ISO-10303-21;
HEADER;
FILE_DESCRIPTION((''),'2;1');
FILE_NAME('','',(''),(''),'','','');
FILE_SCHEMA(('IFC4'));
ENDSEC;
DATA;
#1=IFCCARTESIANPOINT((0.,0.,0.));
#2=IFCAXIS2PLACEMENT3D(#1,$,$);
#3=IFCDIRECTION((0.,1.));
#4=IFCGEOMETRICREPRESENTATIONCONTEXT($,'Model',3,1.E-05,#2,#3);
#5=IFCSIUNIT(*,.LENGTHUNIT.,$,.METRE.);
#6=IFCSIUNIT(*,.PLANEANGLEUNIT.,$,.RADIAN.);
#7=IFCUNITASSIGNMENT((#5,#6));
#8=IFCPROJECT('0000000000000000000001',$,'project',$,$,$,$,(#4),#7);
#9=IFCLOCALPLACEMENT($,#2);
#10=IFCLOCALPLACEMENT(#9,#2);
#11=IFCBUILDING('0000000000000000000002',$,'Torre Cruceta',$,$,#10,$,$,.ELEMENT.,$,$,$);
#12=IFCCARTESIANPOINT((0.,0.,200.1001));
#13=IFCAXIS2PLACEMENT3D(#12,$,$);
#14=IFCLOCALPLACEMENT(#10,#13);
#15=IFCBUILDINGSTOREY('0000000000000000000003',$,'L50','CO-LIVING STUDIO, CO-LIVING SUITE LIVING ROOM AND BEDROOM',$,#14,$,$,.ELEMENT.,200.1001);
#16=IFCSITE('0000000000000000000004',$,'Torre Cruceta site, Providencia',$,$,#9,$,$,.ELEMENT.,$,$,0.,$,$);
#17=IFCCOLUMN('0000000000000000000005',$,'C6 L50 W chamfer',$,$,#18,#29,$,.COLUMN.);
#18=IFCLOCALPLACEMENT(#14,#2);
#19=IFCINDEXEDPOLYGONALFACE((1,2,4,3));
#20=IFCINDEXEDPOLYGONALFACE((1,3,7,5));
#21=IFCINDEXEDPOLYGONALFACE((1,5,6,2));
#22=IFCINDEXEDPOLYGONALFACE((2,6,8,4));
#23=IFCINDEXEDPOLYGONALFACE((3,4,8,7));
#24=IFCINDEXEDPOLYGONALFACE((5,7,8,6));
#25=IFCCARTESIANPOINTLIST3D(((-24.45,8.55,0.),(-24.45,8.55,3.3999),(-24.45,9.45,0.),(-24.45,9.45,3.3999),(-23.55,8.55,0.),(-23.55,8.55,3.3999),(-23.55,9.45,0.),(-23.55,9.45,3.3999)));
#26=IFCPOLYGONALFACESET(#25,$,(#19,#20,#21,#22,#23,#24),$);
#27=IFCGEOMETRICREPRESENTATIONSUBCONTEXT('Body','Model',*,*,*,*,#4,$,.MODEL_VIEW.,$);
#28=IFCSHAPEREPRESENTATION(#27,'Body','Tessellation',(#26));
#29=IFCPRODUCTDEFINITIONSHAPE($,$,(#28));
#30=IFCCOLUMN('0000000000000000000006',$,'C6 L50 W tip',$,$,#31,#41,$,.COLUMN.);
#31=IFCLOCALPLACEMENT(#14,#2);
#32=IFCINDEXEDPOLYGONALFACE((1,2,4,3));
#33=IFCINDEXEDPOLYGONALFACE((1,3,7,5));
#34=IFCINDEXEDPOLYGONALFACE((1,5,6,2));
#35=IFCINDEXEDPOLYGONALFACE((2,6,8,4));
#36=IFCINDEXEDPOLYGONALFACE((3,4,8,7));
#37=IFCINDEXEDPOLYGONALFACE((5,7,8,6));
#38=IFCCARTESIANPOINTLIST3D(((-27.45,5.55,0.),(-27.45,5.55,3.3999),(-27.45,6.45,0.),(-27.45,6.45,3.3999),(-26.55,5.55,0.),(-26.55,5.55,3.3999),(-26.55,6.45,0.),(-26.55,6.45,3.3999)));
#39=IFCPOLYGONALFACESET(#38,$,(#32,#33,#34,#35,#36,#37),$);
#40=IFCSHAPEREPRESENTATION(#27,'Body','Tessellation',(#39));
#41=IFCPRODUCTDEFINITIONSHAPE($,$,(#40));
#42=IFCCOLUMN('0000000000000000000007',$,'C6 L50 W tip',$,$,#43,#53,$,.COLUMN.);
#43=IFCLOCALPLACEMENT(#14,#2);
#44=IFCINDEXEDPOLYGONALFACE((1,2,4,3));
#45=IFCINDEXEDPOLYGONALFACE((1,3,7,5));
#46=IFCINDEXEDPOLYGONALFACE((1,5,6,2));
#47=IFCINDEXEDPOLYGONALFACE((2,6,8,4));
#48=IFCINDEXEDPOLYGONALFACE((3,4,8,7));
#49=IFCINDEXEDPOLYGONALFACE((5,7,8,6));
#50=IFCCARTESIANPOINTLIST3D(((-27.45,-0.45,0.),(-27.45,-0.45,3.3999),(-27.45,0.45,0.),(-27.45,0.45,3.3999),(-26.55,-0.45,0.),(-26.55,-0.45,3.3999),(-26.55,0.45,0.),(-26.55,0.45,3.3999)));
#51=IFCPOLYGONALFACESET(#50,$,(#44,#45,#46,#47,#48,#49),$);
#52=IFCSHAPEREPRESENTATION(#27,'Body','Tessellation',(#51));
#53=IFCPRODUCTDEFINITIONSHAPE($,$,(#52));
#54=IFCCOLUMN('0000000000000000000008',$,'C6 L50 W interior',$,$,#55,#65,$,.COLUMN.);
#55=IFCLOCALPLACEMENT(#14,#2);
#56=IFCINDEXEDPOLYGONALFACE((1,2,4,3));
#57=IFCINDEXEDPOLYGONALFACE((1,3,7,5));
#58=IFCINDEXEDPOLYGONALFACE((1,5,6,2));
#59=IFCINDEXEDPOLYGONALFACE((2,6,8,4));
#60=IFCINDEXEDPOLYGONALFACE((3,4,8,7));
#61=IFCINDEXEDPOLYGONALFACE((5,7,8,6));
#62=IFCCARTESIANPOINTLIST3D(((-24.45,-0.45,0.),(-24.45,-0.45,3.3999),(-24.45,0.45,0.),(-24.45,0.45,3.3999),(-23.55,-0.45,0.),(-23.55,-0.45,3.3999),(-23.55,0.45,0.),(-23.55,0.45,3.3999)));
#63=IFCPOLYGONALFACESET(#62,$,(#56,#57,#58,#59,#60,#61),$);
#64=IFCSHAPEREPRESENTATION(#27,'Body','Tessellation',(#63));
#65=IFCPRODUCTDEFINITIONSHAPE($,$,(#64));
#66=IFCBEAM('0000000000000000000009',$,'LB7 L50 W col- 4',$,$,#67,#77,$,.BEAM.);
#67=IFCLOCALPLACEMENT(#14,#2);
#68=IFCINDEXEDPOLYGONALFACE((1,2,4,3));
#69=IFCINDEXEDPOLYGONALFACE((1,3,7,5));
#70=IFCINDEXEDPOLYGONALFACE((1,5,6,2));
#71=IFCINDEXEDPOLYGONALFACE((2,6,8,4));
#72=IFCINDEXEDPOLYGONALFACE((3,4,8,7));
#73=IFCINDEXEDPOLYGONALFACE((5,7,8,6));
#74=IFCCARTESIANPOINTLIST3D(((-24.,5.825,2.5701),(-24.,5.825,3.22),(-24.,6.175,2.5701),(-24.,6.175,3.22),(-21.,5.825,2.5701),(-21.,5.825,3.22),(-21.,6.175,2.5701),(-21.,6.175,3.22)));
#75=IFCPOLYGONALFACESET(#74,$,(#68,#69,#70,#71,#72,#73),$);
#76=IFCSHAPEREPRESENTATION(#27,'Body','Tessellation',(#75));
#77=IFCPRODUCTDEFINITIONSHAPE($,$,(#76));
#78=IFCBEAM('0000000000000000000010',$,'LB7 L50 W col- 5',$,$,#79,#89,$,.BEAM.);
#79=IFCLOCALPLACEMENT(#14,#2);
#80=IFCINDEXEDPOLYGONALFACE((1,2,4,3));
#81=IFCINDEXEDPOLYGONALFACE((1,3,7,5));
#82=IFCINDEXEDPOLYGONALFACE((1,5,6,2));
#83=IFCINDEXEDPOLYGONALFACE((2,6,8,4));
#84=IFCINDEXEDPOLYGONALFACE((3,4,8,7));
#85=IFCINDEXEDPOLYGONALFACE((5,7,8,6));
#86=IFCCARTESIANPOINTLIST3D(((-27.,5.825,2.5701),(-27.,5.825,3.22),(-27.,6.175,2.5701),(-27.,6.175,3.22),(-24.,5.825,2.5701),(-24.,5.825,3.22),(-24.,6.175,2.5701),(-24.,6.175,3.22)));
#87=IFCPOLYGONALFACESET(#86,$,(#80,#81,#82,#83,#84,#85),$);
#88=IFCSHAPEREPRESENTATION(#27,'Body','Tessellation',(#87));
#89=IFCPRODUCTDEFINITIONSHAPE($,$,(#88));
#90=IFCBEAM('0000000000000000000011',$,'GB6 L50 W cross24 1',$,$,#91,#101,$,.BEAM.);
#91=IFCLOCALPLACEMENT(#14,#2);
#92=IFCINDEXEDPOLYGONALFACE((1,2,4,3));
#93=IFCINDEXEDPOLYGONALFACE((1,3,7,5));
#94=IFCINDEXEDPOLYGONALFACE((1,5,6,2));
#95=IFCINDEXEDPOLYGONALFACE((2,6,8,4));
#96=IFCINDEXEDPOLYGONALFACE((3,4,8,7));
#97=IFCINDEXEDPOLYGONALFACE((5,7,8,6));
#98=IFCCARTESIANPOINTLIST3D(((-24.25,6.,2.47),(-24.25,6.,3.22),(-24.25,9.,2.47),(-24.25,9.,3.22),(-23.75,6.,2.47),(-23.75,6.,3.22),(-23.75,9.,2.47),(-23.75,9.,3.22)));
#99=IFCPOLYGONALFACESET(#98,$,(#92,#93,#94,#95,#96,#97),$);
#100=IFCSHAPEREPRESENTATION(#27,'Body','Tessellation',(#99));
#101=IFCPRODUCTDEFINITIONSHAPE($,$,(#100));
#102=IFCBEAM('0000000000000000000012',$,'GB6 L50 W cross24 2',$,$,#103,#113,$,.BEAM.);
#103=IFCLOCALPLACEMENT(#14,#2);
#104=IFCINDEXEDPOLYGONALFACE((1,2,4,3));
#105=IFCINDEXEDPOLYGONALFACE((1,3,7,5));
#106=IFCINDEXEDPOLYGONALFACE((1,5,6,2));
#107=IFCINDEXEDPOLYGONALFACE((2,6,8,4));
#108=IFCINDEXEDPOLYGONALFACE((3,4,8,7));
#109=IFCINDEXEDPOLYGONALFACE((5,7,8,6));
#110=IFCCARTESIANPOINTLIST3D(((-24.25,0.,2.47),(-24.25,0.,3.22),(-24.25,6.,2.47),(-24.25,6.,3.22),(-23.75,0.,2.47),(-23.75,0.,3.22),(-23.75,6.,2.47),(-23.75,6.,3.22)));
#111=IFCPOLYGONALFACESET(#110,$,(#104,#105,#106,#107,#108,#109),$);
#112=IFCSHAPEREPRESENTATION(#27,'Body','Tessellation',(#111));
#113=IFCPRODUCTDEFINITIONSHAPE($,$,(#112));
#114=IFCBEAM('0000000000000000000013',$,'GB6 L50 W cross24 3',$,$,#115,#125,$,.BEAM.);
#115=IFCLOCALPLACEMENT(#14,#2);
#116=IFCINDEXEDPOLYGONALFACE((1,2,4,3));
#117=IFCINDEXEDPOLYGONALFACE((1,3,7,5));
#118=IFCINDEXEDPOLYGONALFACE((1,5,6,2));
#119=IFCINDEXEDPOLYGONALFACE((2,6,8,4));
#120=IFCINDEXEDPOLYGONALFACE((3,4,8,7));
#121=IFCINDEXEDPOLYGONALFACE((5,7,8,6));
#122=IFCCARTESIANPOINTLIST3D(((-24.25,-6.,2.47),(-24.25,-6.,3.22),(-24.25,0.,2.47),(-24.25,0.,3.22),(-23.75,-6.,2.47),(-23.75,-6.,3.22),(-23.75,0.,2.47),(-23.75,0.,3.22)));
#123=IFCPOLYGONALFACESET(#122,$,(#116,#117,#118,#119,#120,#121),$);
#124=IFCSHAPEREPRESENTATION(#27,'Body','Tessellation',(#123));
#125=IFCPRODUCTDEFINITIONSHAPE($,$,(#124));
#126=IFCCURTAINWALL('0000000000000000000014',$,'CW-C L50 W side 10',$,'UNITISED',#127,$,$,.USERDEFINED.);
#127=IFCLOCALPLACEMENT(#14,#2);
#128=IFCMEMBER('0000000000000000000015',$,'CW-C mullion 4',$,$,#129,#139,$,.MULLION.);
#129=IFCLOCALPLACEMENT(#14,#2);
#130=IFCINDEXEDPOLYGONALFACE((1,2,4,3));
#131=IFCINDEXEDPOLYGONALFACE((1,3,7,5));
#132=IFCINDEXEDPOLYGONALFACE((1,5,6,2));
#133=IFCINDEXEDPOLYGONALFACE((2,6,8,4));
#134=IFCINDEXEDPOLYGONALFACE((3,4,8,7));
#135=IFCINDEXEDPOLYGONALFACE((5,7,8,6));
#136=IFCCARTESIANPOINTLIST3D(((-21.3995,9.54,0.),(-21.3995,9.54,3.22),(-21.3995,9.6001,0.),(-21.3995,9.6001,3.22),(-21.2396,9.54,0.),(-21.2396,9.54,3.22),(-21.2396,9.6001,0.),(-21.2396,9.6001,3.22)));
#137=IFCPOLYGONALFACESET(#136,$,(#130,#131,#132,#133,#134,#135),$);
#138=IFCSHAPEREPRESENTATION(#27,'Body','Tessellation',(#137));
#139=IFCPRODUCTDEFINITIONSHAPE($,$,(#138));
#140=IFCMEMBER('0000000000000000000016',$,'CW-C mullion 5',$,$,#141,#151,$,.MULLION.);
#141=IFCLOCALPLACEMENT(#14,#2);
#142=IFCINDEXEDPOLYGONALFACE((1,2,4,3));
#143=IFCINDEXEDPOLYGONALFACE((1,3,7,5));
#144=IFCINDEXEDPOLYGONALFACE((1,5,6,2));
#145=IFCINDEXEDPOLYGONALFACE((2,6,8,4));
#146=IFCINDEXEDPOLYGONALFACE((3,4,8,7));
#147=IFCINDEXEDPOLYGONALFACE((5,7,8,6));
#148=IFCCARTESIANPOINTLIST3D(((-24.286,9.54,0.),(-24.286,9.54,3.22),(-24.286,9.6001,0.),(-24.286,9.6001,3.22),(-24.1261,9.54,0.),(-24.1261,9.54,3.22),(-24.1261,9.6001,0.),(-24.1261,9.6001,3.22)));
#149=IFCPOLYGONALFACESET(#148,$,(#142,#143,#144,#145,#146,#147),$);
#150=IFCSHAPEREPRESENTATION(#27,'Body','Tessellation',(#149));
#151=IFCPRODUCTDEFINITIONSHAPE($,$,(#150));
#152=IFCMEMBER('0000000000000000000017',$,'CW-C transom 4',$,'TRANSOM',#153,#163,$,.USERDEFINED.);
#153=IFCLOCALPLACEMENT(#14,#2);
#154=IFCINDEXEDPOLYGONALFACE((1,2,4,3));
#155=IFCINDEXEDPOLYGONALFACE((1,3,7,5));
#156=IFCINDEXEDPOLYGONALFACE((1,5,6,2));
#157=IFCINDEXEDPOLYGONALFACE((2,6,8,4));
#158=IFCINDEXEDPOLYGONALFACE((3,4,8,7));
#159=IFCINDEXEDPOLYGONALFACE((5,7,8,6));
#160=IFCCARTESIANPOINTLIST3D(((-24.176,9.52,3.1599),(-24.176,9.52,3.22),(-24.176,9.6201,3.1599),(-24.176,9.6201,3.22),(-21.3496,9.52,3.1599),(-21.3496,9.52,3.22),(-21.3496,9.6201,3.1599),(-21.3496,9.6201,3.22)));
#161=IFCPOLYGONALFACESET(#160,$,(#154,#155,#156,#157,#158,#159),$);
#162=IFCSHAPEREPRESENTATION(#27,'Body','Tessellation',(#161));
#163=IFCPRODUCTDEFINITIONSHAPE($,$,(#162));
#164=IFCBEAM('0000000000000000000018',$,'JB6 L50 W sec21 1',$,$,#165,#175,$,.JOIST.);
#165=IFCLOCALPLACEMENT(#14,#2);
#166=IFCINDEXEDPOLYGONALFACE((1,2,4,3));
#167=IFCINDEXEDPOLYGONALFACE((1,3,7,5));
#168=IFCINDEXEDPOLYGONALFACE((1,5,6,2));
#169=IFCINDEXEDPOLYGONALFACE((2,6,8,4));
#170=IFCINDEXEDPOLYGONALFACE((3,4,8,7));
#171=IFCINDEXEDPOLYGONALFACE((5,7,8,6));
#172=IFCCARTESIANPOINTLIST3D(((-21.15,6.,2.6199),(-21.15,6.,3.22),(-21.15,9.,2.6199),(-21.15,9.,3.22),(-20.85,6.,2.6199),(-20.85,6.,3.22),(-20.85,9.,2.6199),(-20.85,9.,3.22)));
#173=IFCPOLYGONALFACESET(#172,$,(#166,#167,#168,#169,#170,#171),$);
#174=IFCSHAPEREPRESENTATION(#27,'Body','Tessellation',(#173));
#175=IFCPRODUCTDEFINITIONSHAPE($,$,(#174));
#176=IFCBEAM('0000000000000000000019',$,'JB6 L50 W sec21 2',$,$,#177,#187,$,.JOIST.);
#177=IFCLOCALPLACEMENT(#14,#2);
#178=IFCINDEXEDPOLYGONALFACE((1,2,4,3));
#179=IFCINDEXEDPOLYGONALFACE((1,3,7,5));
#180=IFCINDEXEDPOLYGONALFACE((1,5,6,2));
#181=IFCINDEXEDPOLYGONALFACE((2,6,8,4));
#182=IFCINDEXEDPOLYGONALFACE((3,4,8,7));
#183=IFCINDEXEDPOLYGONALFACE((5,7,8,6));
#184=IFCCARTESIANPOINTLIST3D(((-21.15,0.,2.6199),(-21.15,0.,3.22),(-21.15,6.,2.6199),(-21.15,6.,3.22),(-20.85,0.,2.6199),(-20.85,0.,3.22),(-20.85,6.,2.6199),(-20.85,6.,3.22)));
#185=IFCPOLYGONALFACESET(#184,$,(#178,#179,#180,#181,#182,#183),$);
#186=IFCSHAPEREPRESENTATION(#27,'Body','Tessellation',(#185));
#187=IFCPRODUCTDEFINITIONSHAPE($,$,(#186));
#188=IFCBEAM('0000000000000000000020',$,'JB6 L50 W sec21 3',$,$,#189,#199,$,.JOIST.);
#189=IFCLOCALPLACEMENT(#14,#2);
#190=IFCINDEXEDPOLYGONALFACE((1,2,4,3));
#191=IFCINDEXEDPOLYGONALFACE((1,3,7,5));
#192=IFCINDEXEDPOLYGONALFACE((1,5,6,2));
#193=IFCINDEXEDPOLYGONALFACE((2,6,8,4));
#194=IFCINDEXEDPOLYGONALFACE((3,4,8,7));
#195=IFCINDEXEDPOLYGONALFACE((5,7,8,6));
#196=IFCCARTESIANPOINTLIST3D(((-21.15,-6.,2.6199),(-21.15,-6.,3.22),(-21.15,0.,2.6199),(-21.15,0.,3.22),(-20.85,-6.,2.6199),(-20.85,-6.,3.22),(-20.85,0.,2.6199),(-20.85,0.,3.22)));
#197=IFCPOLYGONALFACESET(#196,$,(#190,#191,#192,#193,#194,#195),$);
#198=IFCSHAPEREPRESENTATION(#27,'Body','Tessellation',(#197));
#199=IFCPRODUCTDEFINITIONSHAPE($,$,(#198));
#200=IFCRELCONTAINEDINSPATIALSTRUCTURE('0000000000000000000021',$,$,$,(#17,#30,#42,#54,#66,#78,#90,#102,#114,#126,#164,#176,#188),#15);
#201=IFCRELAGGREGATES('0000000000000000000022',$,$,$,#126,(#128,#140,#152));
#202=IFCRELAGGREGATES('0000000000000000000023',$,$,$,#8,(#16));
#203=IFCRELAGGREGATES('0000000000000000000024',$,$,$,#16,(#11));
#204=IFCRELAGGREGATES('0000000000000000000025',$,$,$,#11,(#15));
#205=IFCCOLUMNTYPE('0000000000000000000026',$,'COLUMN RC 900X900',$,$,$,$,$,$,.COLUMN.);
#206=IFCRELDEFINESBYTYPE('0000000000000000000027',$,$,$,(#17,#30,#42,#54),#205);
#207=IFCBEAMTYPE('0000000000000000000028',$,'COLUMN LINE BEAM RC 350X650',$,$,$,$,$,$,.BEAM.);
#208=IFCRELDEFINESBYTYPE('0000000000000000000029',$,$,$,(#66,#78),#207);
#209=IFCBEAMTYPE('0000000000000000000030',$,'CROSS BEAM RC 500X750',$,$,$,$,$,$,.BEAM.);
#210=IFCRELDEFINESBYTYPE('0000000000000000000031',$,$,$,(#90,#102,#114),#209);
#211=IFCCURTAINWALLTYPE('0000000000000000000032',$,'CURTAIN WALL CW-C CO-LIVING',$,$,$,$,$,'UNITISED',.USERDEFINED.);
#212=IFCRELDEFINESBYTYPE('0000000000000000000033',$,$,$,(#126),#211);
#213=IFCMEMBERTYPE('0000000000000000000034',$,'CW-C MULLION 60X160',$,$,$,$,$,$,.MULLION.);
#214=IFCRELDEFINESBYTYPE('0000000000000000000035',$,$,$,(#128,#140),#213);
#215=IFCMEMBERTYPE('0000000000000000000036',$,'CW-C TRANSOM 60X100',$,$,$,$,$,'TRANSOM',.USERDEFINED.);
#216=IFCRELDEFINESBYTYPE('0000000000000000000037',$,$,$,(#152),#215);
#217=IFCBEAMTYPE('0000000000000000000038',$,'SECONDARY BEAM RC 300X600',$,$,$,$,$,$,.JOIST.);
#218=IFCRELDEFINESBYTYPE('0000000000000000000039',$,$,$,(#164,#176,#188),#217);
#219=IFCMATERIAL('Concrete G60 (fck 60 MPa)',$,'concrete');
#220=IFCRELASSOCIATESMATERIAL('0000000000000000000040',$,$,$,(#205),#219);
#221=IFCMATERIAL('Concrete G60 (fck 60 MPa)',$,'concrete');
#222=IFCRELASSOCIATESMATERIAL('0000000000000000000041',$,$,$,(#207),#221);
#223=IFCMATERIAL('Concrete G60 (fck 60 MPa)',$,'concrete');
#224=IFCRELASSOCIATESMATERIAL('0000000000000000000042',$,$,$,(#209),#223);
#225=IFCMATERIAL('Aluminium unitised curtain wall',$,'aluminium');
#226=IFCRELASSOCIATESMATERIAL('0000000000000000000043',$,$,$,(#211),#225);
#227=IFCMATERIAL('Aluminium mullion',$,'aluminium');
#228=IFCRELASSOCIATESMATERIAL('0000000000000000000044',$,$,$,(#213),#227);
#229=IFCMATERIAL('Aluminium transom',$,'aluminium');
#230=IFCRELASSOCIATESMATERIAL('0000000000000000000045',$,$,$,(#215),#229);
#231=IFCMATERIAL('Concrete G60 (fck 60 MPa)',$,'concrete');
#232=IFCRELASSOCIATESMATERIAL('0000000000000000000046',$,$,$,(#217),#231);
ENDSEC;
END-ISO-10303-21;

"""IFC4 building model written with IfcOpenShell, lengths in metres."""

from ifc_helpers import new_model, si_unit, direction, frame, origin, origin_2d, place, context, subcontext, project, spatial, rectangle, extrude, material, material_profile, profile_set, type_object, element, aggregate, save


model = new_model("IFC4")

# Units and contexts
model_context = context("Model", 3, precision=1e-05, world=origin(), true_north=direction((0.0, 1.0)))
body_context = subcontext(model_context, "Body", "Model", "MODEL_VIEW")
ifc_project = project(units=[si_unit("LENGTHUNIT", "METRE"), si_unit("PLANEANGLEUNIT", "RADIAN")], contexts=[model_context])

# Site, building, storey
site_placement = place(None, origin())
site = spatial("IfcSite", under=ifc_project, at=site_placement, Name="Torre Cruceta site, Providencia", CompositionType="ELEMENT", RefElevation=0.0)
building_placement = place(site_placement, origin())
building = spatial("IfcBuilding", under=site, at=building_placement, Name="Torre Cruceta", CompositionType="ELEMENT")
storey_placement = place(building_placement, frame((0.0, 0.0, 200.1001)))
storey = spatial("IfcBuildingStorey", under=building, at=storey_placement, Name="L50", Description="CO-LIVING STUDIO, CO-LIVING SUITE LIVING ROOM AND BEDROOM", CompositionType="ELEMENT", Elevation=200.1001)

# Columns
ifc_material_1 = material(Name="Concrete G60 (fck 60 MPa)", Category="concrete")
ifc_material_profile_1 = material_profile(ifc_material_1, rectangle(XDim=0.8999, YDim=0.8999, at=origin_2d()), Name="RC 900X900")
ifc_profile_set_1 = profile_set([ifc_material_profile_1], Name="Concrete G60 (fck 60 MPa)")
column_type = type_object("IfcColumnType", Name="COLUMN RC 900X900", PredefinedType="COLUMN", material=ifc_profile_set_1)
for number, where, z_axis, x_axis, name in (
    (1, (-24.0, 9.0, 0.0), (0.0, 0.0, 1.0), (1.0, 0.0, 0.0), "C6 L50 W chamfer"),
    (2, (-27.0, 6.0, 0.0), (0.0, 0.0, 1.0), (1.0, 0.0, 0.0), "C6 L50 W tip"),
    (3, (-27.0, 0.0, 0.0), (0.0, 0.0, 1.0), (1.0, 0.0, 0.0), "C6 L50 W tip"),
    (4, (-24.0, 0.0, 0.0), (0.0, 0.0, 1.0), (1.0, 0.0, 0.0), "C6 L50 W interior"),
):
    element("IfcColumn", number, at=place(storey_placement, frame(where, z_axis=z_axis, x_axis=x_axis)), inside=storey, type_object=column_type, Name=name, PredefinedType="COLUMN", context=body_context, shape_type="SweptSolid", body=[
        extrude(rectangle(XDim=0.8999, YDim=0.8999, at=origin_2d()), origin(), (0.0, 0.0, 1.0), 3.3999),
    ])

# Beams
ifc_material_2 = material(Name="Concrete G60 (fck 60 MPa)", Category="concrete")
ifc_material_profile_2 = material_profile(ifc_material_2, rectangle(XDim=0.3501, YDim=0.6499, at=origin_2d()), Name="RC 350X650")
ifc_profile_set_2 = profile_set([ifc_material_profile_2], Name="Concrete G60 (fck 60 MPa)")
beam_type_1 = type_object("IfcBeamType", Name="COLUMN LINE BEAM RC 350X650", PredefinedType="BEAM", material=ifc_profile_set_2)
for number, where, z_axis, x_axis, name in (
    (5, (-21.0, 6.0, 2.895), (-1.0, 0.0, 0.0), (0.0, -1.0, 0.0), "LB7 L50 W col- 4"),
    (6, (-24.0, 6.0, 2.895), (-1.0, 0.0, 0.0), (0.0, -1.0, 0.0), "LB7 L50 W col- 5"),
):
    element("IfcBeam", number, at=place(storey_placement, frame(where, z_axis=z_axis, x_axis=x_axis)), inside=storey, type_object=beam_type_1, Name=name, PredefinedType="BEAM", context=body_context, shape_type="SweptSolid", body=[
        extrude(rectangle(XDim=0.3501, YDim=0.6499, at=origin_2d()), origin(), (0.0, 0.0, 1.0), 3.0),
    ])
ifc_material_3 = material(Name="Concrete G60 (fck 60 MPa)", Category="concrete")
ifc_material_profile_3 = material_profile(ifc_material_3, rectangle(XDim=0.5, YDim=0.75, at=origin_2d()), Name="RC 500X750")
ifc_profile_set_3 = profile_set([ifc_material_profile_3], Name="Concrete G60 (fck 60 MPa)")
beam_type_2 = type_object("IfcBeamType", Name="CROSS BEAM RC 500X750", PredefinedType="BEAM", material=ifc_profile_set_3)
beam_1_placement = place(storey_placement, frame((-24.0, 9.0, 2.845), z_axis=(0.0, -1.0, 0.0), x_axis=(1.0, 0.0, 0.0)))
element("IfcBeam", 7, at=beam_1_placement, inside=storey, type_object=beam_type_2, Name="GB6 L50 W cross24 1", PredefinedType="BEAM", context=body_context, shape_type="SweptSolid", body=[
    extrude(rectangle(XDim=0.5, YDim=0.75, at=origin_2d()), origin(), (0.0, 0.0, 1.0), 3.0),
])
for number, where, z_axis, x_axis, name in (
    (8, (-24.0, 6.0, 2.845), (0.0, -1.0, 0.0), (1.0, 0.0, 0.0), "GB6 L50 W cross24 2"),
    (9, (-24.0, 0.0, 2.845), (0.0, -1.0, 0.0), (1.0, 0.0, 0.0), "GB6 L50 W cross24 3"),
):
    element("IfcBeam", number, at=place(storey_placement, frame(where, z_axis=z_axis, x_axis=x_axis)), inside=storey, type_object=beam_type_2, Name=name, PredefinedType="BEAM", context=body_context, shape_type="SweptSolid", body=[
        extrude(rectangle(XDim=0.5, YDim=0.75, at=origin_2d()), origin(), (0.0, 0.0, 1.0), 6.0),
    ])

# Curtain wall, members
ifc_material_4 = material(Name="Aluminium unitised curtain wall", Category="aluminium")
curtain_wall_type = type_object("IfcCurtainWallType", Name="CURTAIN WALL CW-C CO-LIVING", ElementType="UNITISED", PredefinedType="USERDEFINED", material=ifc_material_4)
curtain_wall_placement = place(storey_placement, origin())
curtain_wall = element("IfcCurtainWall", 10, at=curtain_wall_placement, inside=storey, type_object=curtain_wall_type, Name="CW-C L50 W side 10", ObjectType="UNITISED", PredefinedType="USERDEFINED")
ifc_material_5 = material(Name="Aluminium mullion", Category="aluminium")
ifc_material_profile_4 = material_profile(ifc_material_5, rectangle(XDim=0.0601, YDim=0.1599, at=origin_2d()), Name="AL 60X160")
ifc_profile_set_4 = profile_set([ifc_material_profile_4], Name="Aluminium mullion")
member_type_1 = type_object("IfcMemberType", Name="CW-C MULLION 60X160", PredefinedType="MULLION", material=ifc_profile_set_4)
member_1_placement = place(storey_placement, frame((-21.3196, 9.5701, 0.0), z_axis=(0.0, 0.0, 1.0), x_axis=(0.0, -1.0, 0.0)))
member_1 = element("IfcMember", 11, at=member_1_placement, type_object=member_type_1, Name="CW-C mullion 4", PredefinedType="MULLION", context=body_context, shape_type="SweptSolid", body=[
    extrude(rectangle(XDim=0.0601, YDim=0.1599, at=origin_2d()), origin(), (0.0, 0.0, 1.0), 3.22),
])
member_2_placement = place(storey_placement, frame((-24.2061, 9.5701, 0.0), z_axis=(0.0, 0.0, 1.0), x_axis=(0.0, -1.0, 0.0)))
member_2 = element("IfcMember", 12, at=member_2_placement, type_object=member_type_1, Name="CW-C mullion 5", PredefinedType="MULLION", context=body_context, shape_type="SweptSolid", body=[
    extrude(rectangle(XDim=0.0601, YDim=0.1599, at=origin_2d()), origin(), (0.0, 0.0, 1.0), 3.22),
])
ifc_material_6 = material(Name="Aluminium transom", Category="aluminium")
ifc_material_profile_5 = material_profile(ifc_material_6, rectangle(XDim=0.1001, YDim=0.0601, at=origin_2d()), Name="AL 100X60")
ifc_profile_set_5 = profile_set([ifc_material_profile_5], Name="Aluminium transom")
member_type_2 = type_object("IfcMemberType", Name="CW-C TRANSOM 60X100", ElementType="TRANSOM", PredefinedType="USERDEFINED", material=ifc_profile_set_5)
member_3_placement = place(storey_placement, frame((-21.3496, 9.5701, 3.1899), z_axis=(-1.0, 0.0, 0.0), x_axis=(0.0, -1.0, 0.0)))
member_3 = element("IfcMember", 13, at=member_3_placement, type_object=member_type_2, Name="CW-C transom 4", ObjectType="TRANSOM", PredefinedType="USERDEFINED", context=body_context, shape_type="SweptSolid", body=[
    extrude(rectangle(XDim=0.1001, YDim=0.0601, at=origin_2d()), origin(), (0.0, 0.0, 1.0), 2.8264),
])

# Beams
ifc_material_7 = material(Name="Concrete G60 (fck 60 MPa)", Category="concrete")
ifc_material_profile_6 = material_profile(ifc_material_7, rectangle(XDim=0.3, YDim=0.6001, at=origin_2d()), Name="RC 300X600")
ifc_profile_set_6 = profile_set([ifc_material_profile_6], Name="Concrete G60 (fck 60 MPa)")
beam_type_3 = type_object("IfcBeamType", Name="SECONDARY BEAM RC 300X600", PredefinedType="JOIST", material=ifc_profile_set_6)
beam_2_placement = place(storey_placement, frame((-21.0, 9.0, 2.9199), z_axis=(0.0, -1.0, 0.0), x_axis=(1.0, 0.0, 0.0)))
element("IfcBeam", 14, at=beam_2_placement, inside=storey, type_object=beam_type_3, Name="JB6 L50 W sec21 1", PredefinedType="JOIST", context=body_context, shape_type="SweptSolid", body=[
    extrude(rectangle(XDim=0.3, YDim=0.6001, at=origin_2d()), origin(), (0.0, 0.0, 1.0), 3.0),
])
for number, where, z_axis, x_axis, name in (
    (15, (-21.0, 6.0, 2.9199), (0.0, -1.0, 0.0), (1.0, 0.0, 0.0), "JB6 L50 W sec21 2"),
    (16, (-21.0, 0.0, 2.9199), (0.0, -1.0, 0.0), (1.0, 0.0, 0.0), "JB6 L50 W sec21 3"),
):
    element("IfcBeam", number, at=place(storey_placement, frame(where, z_axis=z_axis, x_axis=x_axis)), inside=storey, type_object=beam_type_3, Name=name, PredefinedType="JOIST", context=body_context, shape_type="SweptSolid", body=[
        extrude(rectangle(XDim=0.3, YDim=0.6001, at=origin_2d()), origin(), (0.0, 0.0, 1.0), 6.0),
    ])

aggregate(curtain_wall, [member_1, member_2, member_3])

save(model, "model.ifc")
